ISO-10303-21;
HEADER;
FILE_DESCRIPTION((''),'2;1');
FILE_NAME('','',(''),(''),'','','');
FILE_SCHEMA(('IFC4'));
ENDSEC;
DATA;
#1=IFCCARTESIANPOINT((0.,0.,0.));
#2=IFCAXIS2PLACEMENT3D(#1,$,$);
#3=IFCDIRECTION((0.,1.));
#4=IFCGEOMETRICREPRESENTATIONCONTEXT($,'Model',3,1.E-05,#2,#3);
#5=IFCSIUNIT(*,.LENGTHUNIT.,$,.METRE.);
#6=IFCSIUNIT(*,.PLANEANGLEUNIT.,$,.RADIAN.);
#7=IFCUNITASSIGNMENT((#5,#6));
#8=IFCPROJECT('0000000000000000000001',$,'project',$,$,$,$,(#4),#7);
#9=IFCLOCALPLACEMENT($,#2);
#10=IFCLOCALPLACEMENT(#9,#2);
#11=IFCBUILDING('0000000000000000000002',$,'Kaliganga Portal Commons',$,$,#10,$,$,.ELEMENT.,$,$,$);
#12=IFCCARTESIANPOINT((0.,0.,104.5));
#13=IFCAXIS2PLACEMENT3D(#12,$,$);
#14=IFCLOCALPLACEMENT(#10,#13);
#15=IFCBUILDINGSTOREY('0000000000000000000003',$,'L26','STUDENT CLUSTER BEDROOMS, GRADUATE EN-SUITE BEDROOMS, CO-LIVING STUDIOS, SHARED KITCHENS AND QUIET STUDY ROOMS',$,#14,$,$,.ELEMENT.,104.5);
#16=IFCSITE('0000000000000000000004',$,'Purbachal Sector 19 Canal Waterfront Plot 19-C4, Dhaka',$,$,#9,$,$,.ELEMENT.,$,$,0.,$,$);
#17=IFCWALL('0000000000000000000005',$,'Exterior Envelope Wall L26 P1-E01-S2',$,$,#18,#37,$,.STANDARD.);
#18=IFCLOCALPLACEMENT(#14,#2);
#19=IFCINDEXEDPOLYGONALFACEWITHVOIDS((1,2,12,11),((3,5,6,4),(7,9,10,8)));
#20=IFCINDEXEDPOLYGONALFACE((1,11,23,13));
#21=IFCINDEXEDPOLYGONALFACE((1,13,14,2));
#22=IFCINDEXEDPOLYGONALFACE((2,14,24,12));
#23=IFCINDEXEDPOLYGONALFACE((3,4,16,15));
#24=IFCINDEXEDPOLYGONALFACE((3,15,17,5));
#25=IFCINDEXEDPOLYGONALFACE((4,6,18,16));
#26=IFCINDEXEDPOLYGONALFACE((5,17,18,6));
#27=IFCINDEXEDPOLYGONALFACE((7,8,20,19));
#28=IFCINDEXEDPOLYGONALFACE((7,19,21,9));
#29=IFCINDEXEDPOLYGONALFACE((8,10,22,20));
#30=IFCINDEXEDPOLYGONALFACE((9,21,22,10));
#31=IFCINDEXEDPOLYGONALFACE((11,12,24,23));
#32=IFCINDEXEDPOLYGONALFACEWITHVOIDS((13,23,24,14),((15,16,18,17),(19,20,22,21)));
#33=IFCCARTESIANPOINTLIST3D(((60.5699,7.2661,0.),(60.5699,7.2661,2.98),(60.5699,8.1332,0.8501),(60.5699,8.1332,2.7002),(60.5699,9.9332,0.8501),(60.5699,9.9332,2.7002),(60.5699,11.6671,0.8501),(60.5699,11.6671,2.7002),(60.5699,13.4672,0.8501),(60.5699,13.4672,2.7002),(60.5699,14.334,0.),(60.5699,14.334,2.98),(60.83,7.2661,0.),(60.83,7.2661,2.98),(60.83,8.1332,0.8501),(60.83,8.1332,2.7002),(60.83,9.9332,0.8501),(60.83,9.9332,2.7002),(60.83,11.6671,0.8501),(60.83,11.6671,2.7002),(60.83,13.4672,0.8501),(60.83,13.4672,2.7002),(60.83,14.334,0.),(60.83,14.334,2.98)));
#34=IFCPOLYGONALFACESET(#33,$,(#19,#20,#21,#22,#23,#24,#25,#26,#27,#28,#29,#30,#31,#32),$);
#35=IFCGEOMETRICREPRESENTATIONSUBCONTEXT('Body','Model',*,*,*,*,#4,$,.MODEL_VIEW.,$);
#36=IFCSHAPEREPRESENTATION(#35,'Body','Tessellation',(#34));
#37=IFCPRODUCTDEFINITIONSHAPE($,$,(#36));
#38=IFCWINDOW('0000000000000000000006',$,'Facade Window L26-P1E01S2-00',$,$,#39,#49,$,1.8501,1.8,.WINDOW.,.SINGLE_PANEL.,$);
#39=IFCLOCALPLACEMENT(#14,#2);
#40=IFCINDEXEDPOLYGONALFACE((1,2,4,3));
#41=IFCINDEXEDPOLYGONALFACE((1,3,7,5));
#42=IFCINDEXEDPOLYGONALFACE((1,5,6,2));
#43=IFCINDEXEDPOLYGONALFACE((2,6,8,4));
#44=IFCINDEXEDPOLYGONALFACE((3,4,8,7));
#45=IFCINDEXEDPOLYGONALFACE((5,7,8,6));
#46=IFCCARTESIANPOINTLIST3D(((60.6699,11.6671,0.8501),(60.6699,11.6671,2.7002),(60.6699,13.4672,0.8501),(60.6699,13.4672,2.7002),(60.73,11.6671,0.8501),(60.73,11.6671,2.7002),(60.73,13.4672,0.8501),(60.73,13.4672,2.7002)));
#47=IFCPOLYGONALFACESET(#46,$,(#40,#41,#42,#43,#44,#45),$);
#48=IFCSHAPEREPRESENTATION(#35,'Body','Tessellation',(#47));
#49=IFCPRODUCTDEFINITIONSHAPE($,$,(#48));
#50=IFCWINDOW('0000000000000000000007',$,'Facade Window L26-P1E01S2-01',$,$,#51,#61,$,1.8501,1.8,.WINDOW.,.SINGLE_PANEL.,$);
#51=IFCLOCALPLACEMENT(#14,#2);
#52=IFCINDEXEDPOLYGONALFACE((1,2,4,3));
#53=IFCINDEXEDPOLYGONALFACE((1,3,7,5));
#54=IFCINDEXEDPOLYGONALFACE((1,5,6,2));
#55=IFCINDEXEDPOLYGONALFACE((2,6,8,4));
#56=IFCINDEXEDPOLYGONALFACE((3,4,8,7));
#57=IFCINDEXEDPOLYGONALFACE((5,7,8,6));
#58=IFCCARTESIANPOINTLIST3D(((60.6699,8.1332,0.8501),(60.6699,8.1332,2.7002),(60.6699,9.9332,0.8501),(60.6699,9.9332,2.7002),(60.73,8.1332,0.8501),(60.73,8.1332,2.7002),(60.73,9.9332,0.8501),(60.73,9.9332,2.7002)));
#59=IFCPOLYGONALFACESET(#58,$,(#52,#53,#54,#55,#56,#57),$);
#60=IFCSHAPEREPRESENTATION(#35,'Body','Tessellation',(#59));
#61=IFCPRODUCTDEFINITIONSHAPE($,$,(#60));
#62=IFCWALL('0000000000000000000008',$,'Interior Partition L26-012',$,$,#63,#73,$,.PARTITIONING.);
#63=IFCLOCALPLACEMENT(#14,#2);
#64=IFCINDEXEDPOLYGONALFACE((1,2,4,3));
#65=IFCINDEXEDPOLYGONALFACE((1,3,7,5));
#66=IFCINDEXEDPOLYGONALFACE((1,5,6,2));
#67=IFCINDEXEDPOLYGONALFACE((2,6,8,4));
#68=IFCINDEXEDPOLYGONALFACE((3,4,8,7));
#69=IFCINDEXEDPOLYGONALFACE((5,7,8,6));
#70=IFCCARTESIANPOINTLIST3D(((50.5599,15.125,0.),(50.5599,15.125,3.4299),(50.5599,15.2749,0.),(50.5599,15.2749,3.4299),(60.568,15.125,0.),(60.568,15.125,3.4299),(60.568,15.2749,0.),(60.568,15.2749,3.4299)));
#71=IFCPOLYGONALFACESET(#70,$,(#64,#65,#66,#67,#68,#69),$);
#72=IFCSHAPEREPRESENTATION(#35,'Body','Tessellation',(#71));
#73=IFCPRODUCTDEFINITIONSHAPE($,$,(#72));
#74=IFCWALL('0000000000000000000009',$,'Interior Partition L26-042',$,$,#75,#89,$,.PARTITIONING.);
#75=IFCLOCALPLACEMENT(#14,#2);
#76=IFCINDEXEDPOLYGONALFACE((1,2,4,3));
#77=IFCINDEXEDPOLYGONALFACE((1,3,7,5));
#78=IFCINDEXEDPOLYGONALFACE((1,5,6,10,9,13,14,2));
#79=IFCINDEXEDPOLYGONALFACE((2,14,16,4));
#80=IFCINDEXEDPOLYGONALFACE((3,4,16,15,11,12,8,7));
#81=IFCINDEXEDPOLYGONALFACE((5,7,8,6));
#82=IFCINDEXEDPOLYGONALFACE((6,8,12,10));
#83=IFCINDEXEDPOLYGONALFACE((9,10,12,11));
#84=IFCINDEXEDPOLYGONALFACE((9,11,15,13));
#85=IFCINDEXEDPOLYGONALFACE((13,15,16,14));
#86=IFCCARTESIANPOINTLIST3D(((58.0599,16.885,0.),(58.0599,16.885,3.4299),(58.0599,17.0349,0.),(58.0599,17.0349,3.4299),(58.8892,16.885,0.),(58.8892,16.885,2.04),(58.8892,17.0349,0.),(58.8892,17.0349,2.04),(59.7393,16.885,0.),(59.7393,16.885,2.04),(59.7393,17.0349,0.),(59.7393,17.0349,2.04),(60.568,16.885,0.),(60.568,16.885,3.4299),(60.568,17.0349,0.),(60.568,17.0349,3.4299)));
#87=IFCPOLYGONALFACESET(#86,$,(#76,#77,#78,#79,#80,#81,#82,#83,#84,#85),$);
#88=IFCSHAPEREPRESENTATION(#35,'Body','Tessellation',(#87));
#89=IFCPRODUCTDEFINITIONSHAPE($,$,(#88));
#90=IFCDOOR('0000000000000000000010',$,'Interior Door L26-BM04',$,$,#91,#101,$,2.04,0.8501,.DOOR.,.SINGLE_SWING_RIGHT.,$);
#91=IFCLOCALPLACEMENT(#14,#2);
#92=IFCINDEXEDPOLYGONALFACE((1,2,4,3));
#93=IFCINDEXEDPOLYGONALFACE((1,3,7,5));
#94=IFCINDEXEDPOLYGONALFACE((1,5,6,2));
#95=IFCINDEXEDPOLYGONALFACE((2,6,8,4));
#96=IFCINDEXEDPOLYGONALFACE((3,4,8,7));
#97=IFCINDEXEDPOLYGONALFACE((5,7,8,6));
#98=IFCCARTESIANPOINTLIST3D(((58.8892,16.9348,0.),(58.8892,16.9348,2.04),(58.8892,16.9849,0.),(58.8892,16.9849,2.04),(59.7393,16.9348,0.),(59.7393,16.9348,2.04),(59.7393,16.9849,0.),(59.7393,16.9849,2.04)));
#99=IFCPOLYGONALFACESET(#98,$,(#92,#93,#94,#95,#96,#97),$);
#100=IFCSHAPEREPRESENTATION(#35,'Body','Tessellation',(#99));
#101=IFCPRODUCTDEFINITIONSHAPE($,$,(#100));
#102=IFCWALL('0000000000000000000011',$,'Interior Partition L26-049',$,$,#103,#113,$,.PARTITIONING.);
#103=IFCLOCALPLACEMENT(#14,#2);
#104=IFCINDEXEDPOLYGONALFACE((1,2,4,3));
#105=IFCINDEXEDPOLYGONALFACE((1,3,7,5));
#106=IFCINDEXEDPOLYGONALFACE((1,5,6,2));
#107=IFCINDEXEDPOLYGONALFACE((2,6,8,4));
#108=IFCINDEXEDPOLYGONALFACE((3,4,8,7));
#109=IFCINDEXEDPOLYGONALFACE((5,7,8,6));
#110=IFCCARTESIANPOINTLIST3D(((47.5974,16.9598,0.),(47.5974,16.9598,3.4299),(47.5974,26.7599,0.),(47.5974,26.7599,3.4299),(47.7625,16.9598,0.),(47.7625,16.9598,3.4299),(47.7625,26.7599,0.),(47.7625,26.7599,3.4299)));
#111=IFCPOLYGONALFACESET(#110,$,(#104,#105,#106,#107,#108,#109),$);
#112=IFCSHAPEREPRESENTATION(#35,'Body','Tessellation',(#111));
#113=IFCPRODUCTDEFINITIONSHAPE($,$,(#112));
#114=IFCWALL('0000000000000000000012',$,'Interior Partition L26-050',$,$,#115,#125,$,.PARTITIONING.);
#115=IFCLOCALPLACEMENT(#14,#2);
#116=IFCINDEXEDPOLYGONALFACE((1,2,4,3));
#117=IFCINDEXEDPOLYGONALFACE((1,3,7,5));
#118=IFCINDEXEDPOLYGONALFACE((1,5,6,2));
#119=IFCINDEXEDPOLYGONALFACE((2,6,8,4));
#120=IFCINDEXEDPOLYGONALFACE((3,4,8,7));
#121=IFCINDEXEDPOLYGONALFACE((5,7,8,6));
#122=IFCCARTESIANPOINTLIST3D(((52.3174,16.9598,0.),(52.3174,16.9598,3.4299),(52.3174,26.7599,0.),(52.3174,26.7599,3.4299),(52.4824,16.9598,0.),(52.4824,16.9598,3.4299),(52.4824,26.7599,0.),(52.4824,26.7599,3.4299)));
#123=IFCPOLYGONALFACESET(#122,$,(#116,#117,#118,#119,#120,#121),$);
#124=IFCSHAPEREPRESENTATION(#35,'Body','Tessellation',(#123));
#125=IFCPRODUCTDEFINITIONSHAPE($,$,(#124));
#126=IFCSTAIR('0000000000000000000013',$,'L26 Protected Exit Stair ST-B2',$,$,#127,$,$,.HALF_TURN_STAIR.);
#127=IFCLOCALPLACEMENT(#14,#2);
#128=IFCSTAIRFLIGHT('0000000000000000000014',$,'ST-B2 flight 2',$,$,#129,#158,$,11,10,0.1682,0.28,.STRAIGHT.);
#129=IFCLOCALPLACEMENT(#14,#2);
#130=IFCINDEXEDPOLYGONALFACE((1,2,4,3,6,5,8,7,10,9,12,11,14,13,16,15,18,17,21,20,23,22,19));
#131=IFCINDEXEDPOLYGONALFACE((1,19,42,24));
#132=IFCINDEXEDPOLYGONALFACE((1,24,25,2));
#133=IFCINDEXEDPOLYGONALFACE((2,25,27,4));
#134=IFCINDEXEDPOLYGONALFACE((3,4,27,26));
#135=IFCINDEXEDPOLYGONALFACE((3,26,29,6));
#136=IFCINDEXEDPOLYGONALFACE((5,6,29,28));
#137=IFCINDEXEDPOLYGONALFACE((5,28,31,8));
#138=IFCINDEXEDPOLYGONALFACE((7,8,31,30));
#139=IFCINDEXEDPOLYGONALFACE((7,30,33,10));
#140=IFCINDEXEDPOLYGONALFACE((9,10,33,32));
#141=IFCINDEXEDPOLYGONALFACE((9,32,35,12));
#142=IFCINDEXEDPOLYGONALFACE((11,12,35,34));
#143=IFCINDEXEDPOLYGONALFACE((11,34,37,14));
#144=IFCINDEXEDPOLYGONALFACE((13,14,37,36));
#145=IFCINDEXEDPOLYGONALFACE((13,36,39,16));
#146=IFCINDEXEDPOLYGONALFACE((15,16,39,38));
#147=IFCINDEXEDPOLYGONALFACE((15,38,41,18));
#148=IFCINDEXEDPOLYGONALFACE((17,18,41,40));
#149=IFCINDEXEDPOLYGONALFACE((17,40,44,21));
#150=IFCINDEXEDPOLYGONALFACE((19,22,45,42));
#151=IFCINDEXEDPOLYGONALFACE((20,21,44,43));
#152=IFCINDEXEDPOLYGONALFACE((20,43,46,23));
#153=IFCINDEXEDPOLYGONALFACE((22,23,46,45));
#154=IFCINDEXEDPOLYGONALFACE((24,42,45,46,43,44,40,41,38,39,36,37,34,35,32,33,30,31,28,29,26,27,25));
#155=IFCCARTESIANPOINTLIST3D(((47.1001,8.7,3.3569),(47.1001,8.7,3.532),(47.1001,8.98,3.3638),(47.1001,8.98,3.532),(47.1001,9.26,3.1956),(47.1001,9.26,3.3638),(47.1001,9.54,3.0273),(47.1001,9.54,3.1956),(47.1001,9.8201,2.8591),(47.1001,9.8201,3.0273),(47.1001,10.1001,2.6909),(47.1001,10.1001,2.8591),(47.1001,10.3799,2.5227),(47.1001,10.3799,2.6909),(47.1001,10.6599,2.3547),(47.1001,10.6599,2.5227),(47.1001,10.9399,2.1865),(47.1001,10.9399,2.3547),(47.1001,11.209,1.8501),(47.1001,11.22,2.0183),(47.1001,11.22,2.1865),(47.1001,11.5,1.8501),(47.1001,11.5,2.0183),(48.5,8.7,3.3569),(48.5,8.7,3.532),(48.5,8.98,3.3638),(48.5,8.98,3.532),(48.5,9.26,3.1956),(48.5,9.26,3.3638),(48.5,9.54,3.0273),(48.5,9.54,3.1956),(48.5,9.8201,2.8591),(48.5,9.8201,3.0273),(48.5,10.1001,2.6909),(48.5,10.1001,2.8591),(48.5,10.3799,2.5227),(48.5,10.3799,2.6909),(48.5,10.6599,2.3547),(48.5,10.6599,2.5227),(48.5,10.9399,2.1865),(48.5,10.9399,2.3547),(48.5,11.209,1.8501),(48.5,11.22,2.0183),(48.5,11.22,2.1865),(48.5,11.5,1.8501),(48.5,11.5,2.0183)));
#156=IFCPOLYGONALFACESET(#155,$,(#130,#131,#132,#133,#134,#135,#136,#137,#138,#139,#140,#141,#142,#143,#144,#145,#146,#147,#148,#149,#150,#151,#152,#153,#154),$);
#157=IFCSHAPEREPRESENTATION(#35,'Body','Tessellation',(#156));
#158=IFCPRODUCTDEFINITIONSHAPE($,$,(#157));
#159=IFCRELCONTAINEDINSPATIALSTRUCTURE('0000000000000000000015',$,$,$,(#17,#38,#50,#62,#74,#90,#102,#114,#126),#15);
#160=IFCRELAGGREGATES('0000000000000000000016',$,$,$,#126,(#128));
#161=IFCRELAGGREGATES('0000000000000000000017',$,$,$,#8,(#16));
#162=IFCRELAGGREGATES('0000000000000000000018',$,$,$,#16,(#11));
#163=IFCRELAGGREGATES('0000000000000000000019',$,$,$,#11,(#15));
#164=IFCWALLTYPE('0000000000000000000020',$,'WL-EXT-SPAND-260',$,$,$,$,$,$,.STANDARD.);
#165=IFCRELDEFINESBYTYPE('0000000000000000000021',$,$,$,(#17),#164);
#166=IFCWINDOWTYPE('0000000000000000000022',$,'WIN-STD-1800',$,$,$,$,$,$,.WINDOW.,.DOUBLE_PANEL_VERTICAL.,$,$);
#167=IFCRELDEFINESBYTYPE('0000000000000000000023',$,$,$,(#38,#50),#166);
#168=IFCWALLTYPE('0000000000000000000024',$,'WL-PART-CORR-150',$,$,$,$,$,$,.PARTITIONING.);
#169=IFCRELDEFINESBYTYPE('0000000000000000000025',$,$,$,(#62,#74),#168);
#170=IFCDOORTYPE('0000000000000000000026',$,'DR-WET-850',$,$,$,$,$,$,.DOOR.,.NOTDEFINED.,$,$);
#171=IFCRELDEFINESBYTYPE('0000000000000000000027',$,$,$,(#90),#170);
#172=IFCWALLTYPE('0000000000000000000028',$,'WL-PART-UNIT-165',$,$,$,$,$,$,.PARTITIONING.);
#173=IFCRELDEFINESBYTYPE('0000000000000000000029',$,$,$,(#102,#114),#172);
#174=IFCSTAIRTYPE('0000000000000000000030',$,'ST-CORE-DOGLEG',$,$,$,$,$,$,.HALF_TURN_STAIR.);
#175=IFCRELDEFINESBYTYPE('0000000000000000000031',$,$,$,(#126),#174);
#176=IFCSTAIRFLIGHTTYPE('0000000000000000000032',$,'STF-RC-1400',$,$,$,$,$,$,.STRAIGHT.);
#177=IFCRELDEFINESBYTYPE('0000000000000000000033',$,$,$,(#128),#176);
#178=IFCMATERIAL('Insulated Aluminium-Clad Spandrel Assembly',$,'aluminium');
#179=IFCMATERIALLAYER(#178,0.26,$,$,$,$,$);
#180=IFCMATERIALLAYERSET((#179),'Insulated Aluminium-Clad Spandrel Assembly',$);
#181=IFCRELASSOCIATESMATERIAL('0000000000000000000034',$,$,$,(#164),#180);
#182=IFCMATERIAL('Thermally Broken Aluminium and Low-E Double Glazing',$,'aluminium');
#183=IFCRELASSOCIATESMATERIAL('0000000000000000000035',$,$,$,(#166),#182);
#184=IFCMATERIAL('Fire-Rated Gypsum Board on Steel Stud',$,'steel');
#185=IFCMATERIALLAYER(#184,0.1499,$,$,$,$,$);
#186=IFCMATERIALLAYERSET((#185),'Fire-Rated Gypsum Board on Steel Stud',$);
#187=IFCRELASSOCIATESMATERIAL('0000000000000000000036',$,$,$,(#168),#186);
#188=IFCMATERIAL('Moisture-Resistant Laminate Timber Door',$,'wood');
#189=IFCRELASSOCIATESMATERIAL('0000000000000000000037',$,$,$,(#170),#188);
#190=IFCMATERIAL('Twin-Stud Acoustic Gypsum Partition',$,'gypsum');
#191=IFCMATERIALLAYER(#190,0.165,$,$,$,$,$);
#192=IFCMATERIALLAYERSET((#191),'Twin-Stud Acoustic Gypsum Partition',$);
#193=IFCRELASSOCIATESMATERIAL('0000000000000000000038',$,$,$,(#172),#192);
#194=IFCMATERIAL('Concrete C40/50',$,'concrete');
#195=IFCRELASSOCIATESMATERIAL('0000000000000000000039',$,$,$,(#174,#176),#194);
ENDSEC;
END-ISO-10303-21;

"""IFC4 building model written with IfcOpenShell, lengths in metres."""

from ifc_helpers import new_model, si_unit, direction, frame, frame_2d, origin, place, context, subcontext, project, spatial, polyline, rectangle, outline, extrude, material, layer, layer_set, type_object, element, fill, aggregate, save


model = new_model("IFC4")

# Units and contexts
model_context = context("Model", 3, precision=1e-05, world=origin(), true_north=direction((0.0, 1.0)))
body_context = subcontext(model_context, "Body", "Model", "MODEL_VIEW")
ifc_project = project(units=[si_unit("LENGTHUNIT", "METRE"), si_unit("PLANEANGLEUNIT", "RADIAN")], contexts=[model_context])

# Site, building, storey
site_placement = place(None, origin())
site = spatial("IfcSite", under=ifc_project, at=site_placement, Name="Purbachal Sector 19 Canal Waterfront Plot 19-C4, Dhaka", CompositionType="ELEMENT", RefElevation=0.0)
building_placement = place(site_placement, origin())
building = spatial("IfcBuilding", under=site, at=building_placement, Name="Kaliganga Portal Commons", CompositionType="ELEMENT")
storey_placement = place(building_placement, frame((0.0, 0.0, 104.5)))
storey = spatial("IfcBuildingStorey", under=building, at=storey_placement, Name="L26", Description="STUDENT CLUSTER BEDROOMS, GRADUATE EN-SUITE BEDROOMS, CO-LIVING STUDIOS, SHARED KITCHENS AND QUIET STUDY ROOMS", CompositionType="ELEMENT", Elevation=104.5)

# Wall, openings, windows
ifc_material_1 = material(Name="Insulated Aluminium-Clad Spandrel Assembly", Category="aluminium")
ifc_layer_1 = layer(ifc_material_1, 0.26)
ifc_layer_set_1 = layer_set([ifc_layer_1], Name="Insulated Aluminium-Clad Spandrel Assembly")
wall_type_1 = type_object("IfcWallType", Name="WL-EXT-SPAND-260", PredefinedType="STANDARD", material=ifc_layer_set_1)
wall_1_placement = place(storey_placement, frame((60.7, 14.334, 0.0), z_axis=(0.0, 0.0, 1.0), x_axis=(0.0, -1.0, 0.0)))
wall_1 = element("IfcWall", 1, at=wall_1_placement, inside=storey, type_object=wall_type_1, Name="Exterior Envelope Wall L26 P1-E01-S2", PredefinedType="STANDARD", context=body_context, shape_type="SweptSolid", body=[
    extrude(rectangle(XDim=7.0679, YDim=0.26, at=frame_2d((3.5339, 0.0))), origin(), (0.0, 0.0, 1.0), 2.98),
])
opening_1_placement = place(wall_1_placement, frame((0.8669, 0.0, 0.8501)))
opening_1 = element("IfcOpeningElement", 2, at=opening_1_placement, cuts=wall_1, PredefinedType="OPENING", context=body_context, shape_type="SweptSolid", body=[
    extrude(rectangle(XDim=1.8, YDim=1.8501, at=frame_2d((0.8999, 0.925))), frame((0.0, 0.1401, 0.0), z_axis=(0.0, -1.0, 0.0), x_axis=(1.0, 0.0, 0.0)), (0.0, 0.0, 1.0), 0.28),
])
opening_2_placement = place(wall_1_placement, frame((4.4009, 0.0, 0.8501)))
opening_2 = element("IfcOpeningElement", 3, at=opening_2_placement, cuts=wall_1, PredefinedType="OPENING", context=body_context, shape_type="SweptSolid", body=[
    extrude(rectangle(XDim=1.8, YDim=1.8501, at=frame_2d((0.8999, 0.925))), frame((0.0, 0.1401, 0.0), z_axis=(0.0, -1.0, 0.0), x_axis=(1.0, 0.0, 0.0)), (0.0, 0.0, 1.0), 0.28),
])
ifc_material_2 = material(Name="Thermally Broken Aluminium and Low-E Double Glazing", Category="aluminium")
window_type = type_object("IfcWindowType", Name="WIN-STD-1800", PartitioningType="DOUBLE_PANEL_VERTICAL", PredefinedType="WINDOW", material=ifc_material_2)
window_1_placement = place(opening_1_placement, origin())
window_1 = element("IfcWindow", 4, at=window_1_placement, inside=storey, type_object=window_type, Name="Facade Window L26-P1E01S2-00", OverallHeight=1.8501, OverallWidth=1.8, PartitioningType="SINGLE_PANEL", PredefinedType="WINDOW", context=body_context, shape_type="SweptSolid", body=[
    extrude(rectangle(XDim=1.8, YDim=1.8501, at=frame_2d((0.8999, 0.925))), frame((0.0, 0.03, 0.0), z_axis=(0.0, -1.0, 0.0), x_axis=(1.0, 0.0, 0.0)), (0.0, 0.0, 1.0), 0.0601),
])
fill(opening_1, window_1)
window_2_placement = place(opening_2_placement, origin())
window_2 = element("IfcWindow", 5, at=window_2_placement, inside=storey, type_object=window_type, Name="Facade Window L26-P1E01S2-01", OverallHeight=1.8501, OverallWidth=1.8, PartitioningType="SINGLE_PANEL", PredefinedType="WINDOW", context=body_context, shape_type="SweptSolid", body=[
    extrude(rectangle(XDim=1.8, YDim=1.8501, at=frame_2d((0.8999, 0.925))), frame((0.0, 0.03, 0.0), z_axis=(0.0, -1.0, 0.0), x_axis=(1.0, 0.0, 0.0)), (0.0, 0.0, 1.0), 0.0601),
])
fill(opening_2, window_2)

# Wall
ifc_material_3 = material(Name="Fire-Rated Gypsum Board on Steel Stud", Category="steel")
ifc_layer_2 = layer(ifc_material_3, 0.1499)
ifc_layer_set_2 = layer_set([ifc_layer_2], Name="Fire-Rated Gypsum Board on Steel Stud")
wall_type_2 = type_object("IfcWallType", Name="WL-PART-CORR-150", PredefinedType="PARTITIONING", material=ifc_layer_set_2)
wall_2_placement = place(storey_placement, frame((50.5601, 15.2, 0.0), z_axis=(0.0, 0.0, 1.0), x_axis=(1.0, 0.0, 0.0)))
element("IfcWall", 6, at=wall_2_placement, inside=storey, type_object=wall_type_2, Name="Interior Partition L26-012", PredefinedType="PARTITIONING", context=body_context, shape_type="SweptSolid", body=[
    extrude(rectangle(XDim=10.0081, YDim=0.1499, at=frame_2d((5.0039, 0.0))), origin(), (0.0, 0.0, 1.0), 3.4299),
])

# Wall, opening, door
wall_3_placement = place(storey_placement, frame((58.0601, 16.96, 0.0), z_axis=(0.0, 0.0, 1.0), x_axis=(1.0, 0.0, 0.0)))
wall_3 = element("IfcWall", 7, at=wall_3_placement, inside=storey, type_object=wall_type_2, Name="Interior Partition L26-042", PredefinedType="PARTITIONING", context=body_context, shape_type="SweptSolid", body=[
    extrude(rectangle(XDim=2.5081, YDim=0.1499, at=frame_2d((1.2539, 0.0))), origin(), (0.0, 0.0, 1.0), 3.4299),
])
opening_3_placement = place(wall_3_placement, frame((0.8291, 0.0, 0.0)))
opening_3 = element("IfcOpeningElement", 8, at=opening_3_placement, cuts=wall_3, PredefinedType="OPENING", context=body_context, shape_type="SweptSolid", body=[
    extrude(rectangle(XDim=0.8501, YDim=2.04, at=frame_2d((0.425, 1.02))), frame((0.0, 0.085, 0.0), z_axis=(0.0, -1.0, 0.0), x_axis=(1.0, 0.0, 0.0)), (0.0, 0.0, 1.0), 0.1699),
])
ifc_material_4 = material(Name="Moisture-Resistant Laminate Timber Door", Category="wood")
door_type_1 = type_object("IfcDoorType", Name="DR-WET-850", OperationType="NOTDEFINED", PredefinedType="DOOR", material=ifc_material_4)
door_1_placement = place(opening_3_placement, origin())
door_1 = element("IfcDoor", 9, at=door_1_placement, inside=storey, type_object=door_type_1, Name="Interior Door L26-BM04", OperationType="SINGLE_SWING_RIGHT", OverallHeight=2.04, OverallWidth=0.8501, PredefinedType="DOOR", context=body_context, shape_type="SweptSolid", body=[
    extrude(rectangle(XDim=0.8501, YDim=2.04, at=frame_2d((0.425, 1.02))), frame((0.0, 0.0249, 0.0), z_axis=(0.0, -1.0, 0.0), x_axis=(1.0, 0.0, 0.0)), (0.0, 0.0, 1.0), 0.05),
])
fill(opening_3, door_1)

# Walls
ifc_material_5 = material(Name="Twin-Stud Acoustic Gypsum Partition", Category="gypsum")
ifc_layer_3 = layer(ifc_material_5, 0.165)
ifc_layer_set_3 = layer_set([ifc_layer_3], Name="Twin-Stud Acoustic Gypsum Partition")
wall_type_3 = type_object("IfcWallType", Name="WL-PART-UNIT-165", PredefinedType="PARTITIONING", material=ifc_layer_set_3)
for number, where, z_axis, x_axis, name in (
    (10, (47.6799, 16.96, 0.0), (0.0, 0.0, 1.0), (0.0, 1.0, 0.0), "Interior Partition L26-049"),
    (11, (52.3999, 16.96, 0.0), (0.0, 0.0, 1.0), (0.0, 1.0, 0.0), "Interior Partition L26-050"),
):
    element("IfcWall", number, at=place(storey_placement, frame(where, z_axis=z_axis, x_axis=x_axis)), inside=storey, type_object=wall_type_3, Name=name, PredefinedType="PARTITIONING", context=body_context, shape_type="SweptSolid", body=[
        extrude(rectangle(XDim=9.8, YDim=0.165, at=frame_2d((4.8999, 0.0))), origin(), (0.0, 0.0, 1.0), 3.4299),
    ])

# Stair, stair flight
ifc_material_6 = material(Name="Concrete C40/50", Category="concrete")
stair_type = type_object("IfcStairType", Name="ST-CORE-DOGLEG", PredefinedType="HALF_TURN_STAIR", material=ifc_material_6)
stair_placement = place(storey_placement, origin())
stair = element("IfcStair", 12, at=stair_placement, inside=storey, type_object=stair_type, Name="L26 Protected Exit Stair ST-B2", PredefinedType="HALF_TURN_STAIR")
stair_flight_type = type_object("IfcStairFlightType", Name="STF-RC-1400", PredefinedType="STRAIGHT", material=ifc_material_6)
stair_flight_placement = place(storey_placement, frame((47.8, 11.5, 1.8501), z_axis=(0.0, 0.0, 1.0), x_axis=(0.0, -1.0, 0.0)))
stair_flight = element("IfcStairFlight", 13, at=stair_flight_placement, type_object=stair_flight_type, Name="ST-B2 flight 2", NumberOfRisers=11, NumberOfTreads=10, PredefinedType="STRAIGHT", RiserHeight=0.1682, TreadLength=0.28, context=body_context, shape_type="SweptSolid", body=[
    extrude(outline(polyline([(0.0, 0.0), (0.0, 0.1682), (0.28, 0.1682), (0.28, 0.3364), (0.5601, 0.3364), (0.5601, 0.5046), (0.8401, 0.5046), (0.8401, 0.6726), (1.1201, 0.6726), (1.1201, 0.8408), (1.3999, 0.8408), (1.3999, 1.009), (1.6799, 1.009), (1.6799, 1.1772), (1.96, 1.1772), (1.96, 1.3455), (2.24, 1.3455), (2.24, 1.5137), (2.52, 1.5137), (2.52, 1.6819), (2.8, 1.6819), (2.8, 1.8501), (2.8, 1.5068), (0.291, 0.0), (0.0, 0.0)])), frame((0.0, 0.7, 0.0), z_axis=(0.0, -1.0, 0.0), x_axis=(1.0, 0.0, 0.0)), (0.0, 0.0, 1.0), 1.3999),
])
aggregate(stair, [stair_flight])

save(model, "model.ifc")
